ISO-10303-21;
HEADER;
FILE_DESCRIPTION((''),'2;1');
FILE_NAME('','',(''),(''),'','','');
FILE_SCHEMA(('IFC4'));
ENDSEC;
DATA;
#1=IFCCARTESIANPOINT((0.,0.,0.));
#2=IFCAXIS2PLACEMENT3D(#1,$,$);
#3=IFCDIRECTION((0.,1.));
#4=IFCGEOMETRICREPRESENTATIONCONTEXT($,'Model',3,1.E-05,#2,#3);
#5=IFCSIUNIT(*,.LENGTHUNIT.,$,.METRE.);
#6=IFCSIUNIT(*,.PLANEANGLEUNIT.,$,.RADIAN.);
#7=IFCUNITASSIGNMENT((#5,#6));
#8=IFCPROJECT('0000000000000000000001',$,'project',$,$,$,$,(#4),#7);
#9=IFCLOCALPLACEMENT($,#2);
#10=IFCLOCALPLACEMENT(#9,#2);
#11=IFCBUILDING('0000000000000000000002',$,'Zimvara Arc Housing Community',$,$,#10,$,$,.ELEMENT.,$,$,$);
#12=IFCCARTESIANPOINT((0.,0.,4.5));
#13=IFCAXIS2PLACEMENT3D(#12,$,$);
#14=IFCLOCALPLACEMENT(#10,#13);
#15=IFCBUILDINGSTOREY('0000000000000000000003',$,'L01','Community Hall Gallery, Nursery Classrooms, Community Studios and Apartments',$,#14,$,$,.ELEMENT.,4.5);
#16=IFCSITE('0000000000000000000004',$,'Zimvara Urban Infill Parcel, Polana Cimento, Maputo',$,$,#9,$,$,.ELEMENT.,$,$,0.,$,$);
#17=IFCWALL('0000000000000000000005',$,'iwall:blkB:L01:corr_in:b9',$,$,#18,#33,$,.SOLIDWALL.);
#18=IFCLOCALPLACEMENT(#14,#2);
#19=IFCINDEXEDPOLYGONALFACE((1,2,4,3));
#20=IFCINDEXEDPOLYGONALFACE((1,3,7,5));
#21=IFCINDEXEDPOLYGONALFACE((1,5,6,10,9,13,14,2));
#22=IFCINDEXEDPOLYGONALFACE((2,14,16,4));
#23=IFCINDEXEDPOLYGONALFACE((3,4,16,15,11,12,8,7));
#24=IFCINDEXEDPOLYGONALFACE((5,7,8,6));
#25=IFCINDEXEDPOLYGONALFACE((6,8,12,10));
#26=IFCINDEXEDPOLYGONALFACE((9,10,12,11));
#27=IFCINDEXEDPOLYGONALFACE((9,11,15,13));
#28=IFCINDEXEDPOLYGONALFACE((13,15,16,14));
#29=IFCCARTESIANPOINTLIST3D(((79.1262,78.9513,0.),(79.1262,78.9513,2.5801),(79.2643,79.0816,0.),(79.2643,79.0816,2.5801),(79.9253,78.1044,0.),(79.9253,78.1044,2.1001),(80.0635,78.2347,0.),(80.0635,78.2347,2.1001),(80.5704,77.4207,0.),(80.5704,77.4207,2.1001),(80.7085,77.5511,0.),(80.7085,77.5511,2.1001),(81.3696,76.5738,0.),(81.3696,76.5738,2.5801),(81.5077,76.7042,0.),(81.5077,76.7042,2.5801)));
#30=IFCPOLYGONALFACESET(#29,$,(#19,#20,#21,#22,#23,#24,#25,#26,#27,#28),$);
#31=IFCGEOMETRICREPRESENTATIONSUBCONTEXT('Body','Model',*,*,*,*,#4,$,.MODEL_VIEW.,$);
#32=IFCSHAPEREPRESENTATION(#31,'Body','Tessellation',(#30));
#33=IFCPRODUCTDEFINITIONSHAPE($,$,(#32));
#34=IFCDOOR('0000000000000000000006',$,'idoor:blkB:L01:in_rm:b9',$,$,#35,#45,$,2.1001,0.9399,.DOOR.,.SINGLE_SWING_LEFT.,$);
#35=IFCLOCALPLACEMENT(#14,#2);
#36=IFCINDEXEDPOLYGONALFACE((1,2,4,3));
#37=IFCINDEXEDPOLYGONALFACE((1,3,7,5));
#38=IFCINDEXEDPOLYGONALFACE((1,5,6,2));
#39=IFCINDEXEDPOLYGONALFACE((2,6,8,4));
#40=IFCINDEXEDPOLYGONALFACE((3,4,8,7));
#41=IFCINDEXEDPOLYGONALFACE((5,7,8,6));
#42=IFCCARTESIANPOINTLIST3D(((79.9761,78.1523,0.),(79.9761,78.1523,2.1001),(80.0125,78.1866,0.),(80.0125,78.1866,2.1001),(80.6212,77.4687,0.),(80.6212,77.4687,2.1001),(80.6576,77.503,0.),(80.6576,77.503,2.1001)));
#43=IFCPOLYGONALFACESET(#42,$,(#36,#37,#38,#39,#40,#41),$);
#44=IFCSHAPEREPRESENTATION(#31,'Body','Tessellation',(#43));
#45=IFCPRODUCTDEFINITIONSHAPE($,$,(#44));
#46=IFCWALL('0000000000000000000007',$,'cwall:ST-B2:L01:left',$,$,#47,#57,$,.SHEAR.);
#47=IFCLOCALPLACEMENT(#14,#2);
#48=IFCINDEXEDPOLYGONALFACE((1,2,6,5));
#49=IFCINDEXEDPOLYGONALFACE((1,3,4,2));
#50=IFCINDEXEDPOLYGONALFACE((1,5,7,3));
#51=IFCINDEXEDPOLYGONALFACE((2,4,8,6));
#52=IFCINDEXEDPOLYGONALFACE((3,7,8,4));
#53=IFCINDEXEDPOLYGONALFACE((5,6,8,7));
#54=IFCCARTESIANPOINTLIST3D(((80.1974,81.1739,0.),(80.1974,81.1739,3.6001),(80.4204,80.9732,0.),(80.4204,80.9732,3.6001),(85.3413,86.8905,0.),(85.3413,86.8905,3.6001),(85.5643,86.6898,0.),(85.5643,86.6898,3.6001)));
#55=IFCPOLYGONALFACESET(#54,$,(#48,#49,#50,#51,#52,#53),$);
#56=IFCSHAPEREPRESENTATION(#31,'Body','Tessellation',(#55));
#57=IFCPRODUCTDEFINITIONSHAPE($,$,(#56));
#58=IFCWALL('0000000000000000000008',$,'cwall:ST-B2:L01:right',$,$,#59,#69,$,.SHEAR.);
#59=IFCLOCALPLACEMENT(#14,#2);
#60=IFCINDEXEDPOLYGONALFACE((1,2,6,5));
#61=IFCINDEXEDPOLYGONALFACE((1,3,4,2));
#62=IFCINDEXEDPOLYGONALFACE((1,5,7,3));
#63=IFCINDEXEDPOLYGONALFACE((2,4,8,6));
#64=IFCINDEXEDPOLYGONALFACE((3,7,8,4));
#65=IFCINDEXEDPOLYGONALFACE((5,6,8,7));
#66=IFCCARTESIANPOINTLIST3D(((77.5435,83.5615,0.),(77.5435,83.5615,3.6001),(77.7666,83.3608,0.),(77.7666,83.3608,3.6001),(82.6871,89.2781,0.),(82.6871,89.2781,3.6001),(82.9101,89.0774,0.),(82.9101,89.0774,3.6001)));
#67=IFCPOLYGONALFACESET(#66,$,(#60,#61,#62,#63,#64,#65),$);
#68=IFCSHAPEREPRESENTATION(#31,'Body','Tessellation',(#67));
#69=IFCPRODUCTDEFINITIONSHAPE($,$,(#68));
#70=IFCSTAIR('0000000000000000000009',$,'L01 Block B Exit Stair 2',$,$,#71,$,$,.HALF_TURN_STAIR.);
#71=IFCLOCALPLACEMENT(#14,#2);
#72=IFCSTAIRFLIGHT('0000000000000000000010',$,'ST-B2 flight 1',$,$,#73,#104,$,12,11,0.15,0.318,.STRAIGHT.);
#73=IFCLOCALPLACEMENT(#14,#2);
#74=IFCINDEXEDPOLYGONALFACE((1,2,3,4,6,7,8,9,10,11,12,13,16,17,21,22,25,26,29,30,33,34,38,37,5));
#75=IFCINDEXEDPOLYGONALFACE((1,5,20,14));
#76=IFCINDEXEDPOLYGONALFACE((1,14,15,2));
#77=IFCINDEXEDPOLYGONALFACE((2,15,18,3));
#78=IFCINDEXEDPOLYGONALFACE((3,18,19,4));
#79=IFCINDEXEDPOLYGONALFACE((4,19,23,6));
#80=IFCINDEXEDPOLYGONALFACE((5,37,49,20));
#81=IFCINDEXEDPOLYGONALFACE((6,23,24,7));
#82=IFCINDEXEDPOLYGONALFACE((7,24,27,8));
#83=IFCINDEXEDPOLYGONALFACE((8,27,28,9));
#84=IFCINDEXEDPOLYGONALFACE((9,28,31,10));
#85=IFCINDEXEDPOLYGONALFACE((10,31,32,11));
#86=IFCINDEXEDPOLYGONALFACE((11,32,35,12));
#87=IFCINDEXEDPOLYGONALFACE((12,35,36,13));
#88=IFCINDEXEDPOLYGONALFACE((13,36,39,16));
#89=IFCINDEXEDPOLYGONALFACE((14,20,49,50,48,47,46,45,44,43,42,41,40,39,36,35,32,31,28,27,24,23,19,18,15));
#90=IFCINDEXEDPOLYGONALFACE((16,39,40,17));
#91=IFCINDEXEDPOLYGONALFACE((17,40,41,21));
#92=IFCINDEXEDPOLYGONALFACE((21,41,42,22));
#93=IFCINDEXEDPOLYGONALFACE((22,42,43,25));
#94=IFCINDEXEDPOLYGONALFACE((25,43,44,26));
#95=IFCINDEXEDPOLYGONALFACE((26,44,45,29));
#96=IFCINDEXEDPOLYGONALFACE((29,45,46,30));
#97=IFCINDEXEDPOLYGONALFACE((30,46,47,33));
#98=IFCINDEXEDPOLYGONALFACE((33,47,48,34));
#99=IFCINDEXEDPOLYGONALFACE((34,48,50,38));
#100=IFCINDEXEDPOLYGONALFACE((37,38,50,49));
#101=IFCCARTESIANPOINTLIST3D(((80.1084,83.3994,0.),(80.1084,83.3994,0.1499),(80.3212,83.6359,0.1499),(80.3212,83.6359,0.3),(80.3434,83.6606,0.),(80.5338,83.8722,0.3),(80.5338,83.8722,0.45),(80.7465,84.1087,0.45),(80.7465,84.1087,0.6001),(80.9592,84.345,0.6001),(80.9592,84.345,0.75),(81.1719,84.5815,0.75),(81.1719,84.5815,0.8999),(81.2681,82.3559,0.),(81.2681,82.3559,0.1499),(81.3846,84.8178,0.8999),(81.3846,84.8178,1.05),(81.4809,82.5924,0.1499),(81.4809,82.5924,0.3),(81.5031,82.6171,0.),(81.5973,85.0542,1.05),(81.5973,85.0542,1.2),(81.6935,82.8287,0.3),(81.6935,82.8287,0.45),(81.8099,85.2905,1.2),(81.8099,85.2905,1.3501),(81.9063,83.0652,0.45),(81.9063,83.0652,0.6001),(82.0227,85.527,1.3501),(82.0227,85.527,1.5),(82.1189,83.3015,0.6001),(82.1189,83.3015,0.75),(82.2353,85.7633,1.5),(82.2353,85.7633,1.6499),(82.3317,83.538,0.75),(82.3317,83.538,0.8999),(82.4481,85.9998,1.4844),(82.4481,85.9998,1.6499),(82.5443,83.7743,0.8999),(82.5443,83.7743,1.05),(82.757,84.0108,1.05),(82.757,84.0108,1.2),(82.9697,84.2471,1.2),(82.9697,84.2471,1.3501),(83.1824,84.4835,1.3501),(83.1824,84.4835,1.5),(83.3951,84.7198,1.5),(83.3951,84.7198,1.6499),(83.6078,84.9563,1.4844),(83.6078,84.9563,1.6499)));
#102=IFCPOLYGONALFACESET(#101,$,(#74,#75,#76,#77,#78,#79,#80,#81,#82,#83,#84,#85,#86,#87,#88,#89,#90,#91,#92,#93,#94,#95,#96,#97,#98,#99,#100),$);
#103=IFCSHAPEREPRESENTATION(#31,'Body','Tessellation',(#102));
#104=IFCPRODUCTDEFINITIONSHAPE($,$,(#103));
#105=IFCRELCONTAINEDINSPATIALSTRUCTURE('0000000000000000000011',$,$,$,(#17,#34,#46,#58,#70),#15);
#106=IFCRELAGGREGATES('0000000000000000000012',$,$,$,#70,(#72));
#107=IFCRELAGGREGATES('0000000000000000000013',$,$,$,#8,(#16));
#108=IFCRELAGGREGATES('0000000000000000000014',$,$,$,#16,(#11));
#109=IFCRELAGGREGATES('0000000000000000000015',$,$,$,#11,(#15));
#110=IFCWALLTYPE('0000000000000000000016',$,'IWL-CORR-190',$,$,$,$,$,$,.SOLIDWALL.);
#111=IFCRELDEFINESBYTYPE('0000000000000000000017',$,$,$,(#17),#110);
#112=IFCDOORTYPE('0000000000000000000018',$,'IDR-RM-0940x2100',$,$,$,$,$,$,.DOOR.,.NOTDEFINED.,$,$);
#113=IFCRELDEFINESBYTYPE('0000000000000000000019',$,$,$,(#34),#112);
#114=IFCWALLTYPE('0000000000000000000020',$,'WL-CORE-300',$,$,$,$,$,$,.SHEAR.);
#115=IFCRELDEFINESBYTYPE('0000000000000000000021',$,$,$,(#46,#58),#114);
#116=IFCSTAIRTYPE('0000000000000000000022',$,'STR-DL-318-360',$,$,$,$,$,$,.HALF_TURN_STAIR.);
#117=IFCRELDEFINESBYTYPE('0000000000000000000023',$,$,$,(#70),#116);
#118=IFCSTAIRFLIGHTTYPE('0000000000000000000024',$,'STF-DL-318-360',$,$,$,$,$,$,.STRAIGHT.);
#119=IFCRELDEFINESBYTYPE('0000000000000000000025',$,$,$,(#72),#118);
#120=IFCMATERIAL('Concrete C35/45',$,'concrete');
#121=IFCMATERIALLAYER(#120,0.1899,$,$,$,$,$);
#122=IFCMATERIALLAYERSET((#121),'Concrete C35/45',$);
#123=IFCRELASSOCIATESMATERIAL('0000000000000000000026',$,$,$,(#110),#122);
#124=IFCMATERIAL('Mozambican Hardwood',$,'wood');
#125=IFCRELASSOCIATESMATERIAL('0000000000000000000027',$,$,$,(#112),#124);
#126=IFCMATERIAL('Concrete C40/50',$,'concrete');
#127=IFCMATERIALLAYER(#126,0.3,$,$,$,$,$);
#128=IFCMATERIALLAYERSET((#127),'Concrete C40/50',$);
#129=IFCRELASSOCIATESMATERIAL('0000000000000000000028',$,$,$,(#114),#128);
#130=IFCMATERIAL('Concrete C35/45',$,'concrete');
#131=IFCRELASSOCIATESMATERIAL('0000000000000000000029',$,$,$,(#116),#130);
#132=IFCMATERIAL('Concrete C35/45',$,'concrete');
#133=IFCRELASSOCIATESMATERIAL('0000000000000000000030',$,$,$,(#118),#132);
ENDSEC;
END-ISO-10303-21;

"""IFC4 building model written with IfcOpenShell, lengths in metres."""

from ifc_helpers import new_model, si_unit, direction, frame, frame_2d, origin, place, context, subcontext, project, spatial, polyline, rectangle, outline, extrude, material, layer, layer_set, type_object, element, fill, aggregate, save


model = new_model("IFC4")

# Units and contexts
model_context = context("Model", 3, precision=1e-05, world=origin(), true_north=direction((0.0, 1.0)))
body_context = subcontext(model_context, "Body", "Model", "MODEL_VIEW")
ifc_project = project(units=[si_unit("LENGTHUNIT", "METRE"), si_unit("PLANEANGLEUNIT", "RADIAN")], contexts=[model_context])

# Site, building, storey
site_placement = place(None, origin())
site = spatial("IfcSite", under=ifc_project, at=site_placement, Name="Zimvara Urban Infill Parcel, Polana Cimento, Maputo", CompositionType="ELEMENT", RefElevation=0.0)
building_placement = place(site_placement, origin())
building = spatial("IfcBuilding", under=site, at=building_placement, Name="Zimvara Arc Housing Community", CompositionType="ELEMENT")
storey_placement = place(building_placement, frame((0.0, 0.0, 4.5)))
storey = spatial("IfcBuildingStorey", under=building, at=storey_placement, Name="L01", Description="Community Hall Gallery, Nursery Classrooms, Community Studios and Apartments", CompositionType="ELEMENT", Elevation=4.5)

# Wall, opening, door
ifc_material_1 = material(Name="Concrete C35/45", Category="concrete")
ifc_layer_1 = layer(ifc_material_1, 0.1899)
ifc_layer_set_1 = layer_set([ifc_layer_1], Name="Concrete C35/45")
wall_type_1 = type_object("IfcWallType", Name="IWL-CORR-190", PredefinedType="SOLIDWALL", material=ifc_layer_set_1)
wall_1_placement = place(storey_placement, frame((79.1953, 79.0164, 0.0), z_axis=(0.0, 0.0, 1.0), x_axis=(0.686308, -0.727311, 0.0)))
wall_1 = element("IfcWall", 1, at=wall_1_placement, inside=storey, type_object=wall_type_1, Name="iwall:blkB:L01:corr_in:b9", PredefinedType="SOLIDWALL", context=body_context, shape_type="SweptSolid", body=[
    extrude(rectangle(XDim=3.2688, YDim=0.1899, at=frame_2d((1.6343, 0.0))), origin(), (0.0, 0.0, 1.0), 2.5801),
])
opening_1_placement = place(wall_1_placement, frame((1.1643, 0.0, 0.0)))
opening_1 = element("IfcOpeningElement", 2, at=opening_1_placement, cuts=wall_1, PredefinedType="OPENING", context=body_context, shape_type="SweptSolid", body=[
    extrude(rectangle(XDim=0.9399, YDim=2.1001, at=frame_2d((0.47, 1.05))), frame((0.0, 0.105, 0.0), z_axis=(0.0, -1.0, 0.0), x_axis=(1.0, 0.0, 0.0)), (0.0, 0.0, 1.0), 0.21),
])
ifc_material_2 = material(Name="Mozambican Hardwood", Category="wood")
door_type_1 = type_object("IfcDoorType", Name="IDR-RM-0940x2100", OperationType="NOTDEFINED", PredefinedType="DOOR", material=ifc_material_2)
door_1_placement = place(opening_1_placement, origin())
door_1 = element("IfcDoor", 3, at=door_1_placement, inside=storey, type_object=door_type_1, Name="idoor:blkB:L01:in_rm:b9", OperationType="SINGLE_SWING_LEFT", OverallHeight=2.1001, OverallWidth=0.9399, PredefinedType="DOOR", context=body_context, shape_type="SweptSolid", body=[
    extrude(rectangle(XDim=0.9399, YDim=2.1001, at=frame_2d((0.47, 1.05))), frame((0.0, 0.0249, 0.0), z_axis=(0.0, -1.0, 0.0), x_axis=(1.0, 0.0, 0.0)), (0.0, 0.0, 1.0), 0.05),
])
fill(opening_1, door_1)
ifc_material_3 = material(Name="Concrete C40/50", Category="concrete")
ifc_layer_2 = layer(ifc_material_3, 0.3)
ifc_layer_set_2 = layer_set([ifc_layer_2], Name="Concrete C40/50")
wall_type_2 = type_object("IfcWallType", Name="WL-CORE-300", PredefinedType="SHEAR", material=ifc_layer_set_2)

# Walls
wall_2_placement = place(storey_placement, frame((80.3088, 81.0735, 0.0), z_axis=(0.0, 0.0, 1.0), x_axis=(0.668886, 0.743365, 0.0)))
element("IfcWall", 4, at=wall_2_placement, inside=storey, type_object=wall_type_2, Name="cwall:ST-B2:L01:left", PredefinedType="SHEAR", context=body_context, shape_type="SweptSolid", body=[
    extrude(rectangle(XDim=7.6902, YDim=0.3, at=frame_2d((3.8452, 0.0))), origin(), (0.0, 0.0, 1.0), 3.6001),
])
wall_3_placement = place(storey_placement, frame((77.655, 83.4612, 0.0), z_axis=(0.0, 0.0, 1.0), x_axis=(0.668868, 0.743381, 0.0)))
element("IfcWall", 5, at=wall_3_placement, inside=storey, type_object=wall_type_2, Name="cwall:ST-B2:L01:right", PredefinedType="SHEAR", context=body_context, shape_type="SweptSolid", body=[
    extrude(rectangle(XDim=7.6899, YDim=0.3, at=frame_2d((3.845, 0.0))), origin(), (0.0, 0.0, 1.0), 3.6001),
])

# Stair, stair flight
ifc_material_4 = material(Name="Concrete C35/45", Category="concrete")
stair_type = type_object("IfcStairType", Name="STR-DL-318-360", PredefinedType="HALF_TURN_STAIR", material=ifc_material_4)
stair_placement = place(storey_placement, origin())
stair = element("IfcStair", 6, at=stair_placement, inside=storey, type_object=stair_type, Name="L01 Block B Exit Stair 2", PredefinedType="HALF_TURN_STAIR")
ifc_material_5 = material(Name="Concrete C35/45", Category="concrete")
stair_flight_type = type_object("IfcStairFlightType", Name="STF-DL-318-360", PredefinedType="STRAIGHT", material=ifc_material_5)
stair_flight_placement = place(storey_placement, frame((80.6882, 82.8777, 0.0), z_axis=(0.0, 0.0, 1.0), x_axis=(0.668871, 0.743378, 0.0)))
stair_flight = element("IfcStairFlight", 7, at=stair_flight_placement, type_object=stair_flight_type, Name="ST-B2 flight 1", NumberOfRisers=12, NumberOfTreads=11, PredefinedType="STRAIGHT", RiserHeight=0.15, TreadLength=0.318, context=body_context, shape_type="SweptSolid", body=[
    extrude(outline(polyline([(0.0, 0.0), (0.0, 0.1499), (0.3181, 0.1499), (0.3181, 0.3), (0.636, 0.3), (0.636, 0.45), (0.9541, 0.45), (0.9541, 0.6001), (1.272, 0.6001), (1.272, 0.75), (1.5901, 0.75), (1.5901, 0.8999), (1.908, 0.8999), (1.908, 1.05), (2.2261, 1.05), (2.2261, 1.2), (2.5439, 1.2), (2.5439, 1.3501), (2.8621, 1.3501), (2.8621, 1.5), (3.1799, 1.5), (3.1799, 1.6499), (3.498, 1.6499), (3.498, 1.8), (3.498, 1.4844), (0.3513, 0.0), (0.0, 0.0)])), frame((0.0, 0.78, 0.0), z_axis=(0.0, -1.0, 0.0), x_axis=(1.0, 0.0, 0.0)), (0.0, 0.0, 1.0), 1.5601),
])
aggregate(stair, [stair_flight])

save(model, "model.ifc")
